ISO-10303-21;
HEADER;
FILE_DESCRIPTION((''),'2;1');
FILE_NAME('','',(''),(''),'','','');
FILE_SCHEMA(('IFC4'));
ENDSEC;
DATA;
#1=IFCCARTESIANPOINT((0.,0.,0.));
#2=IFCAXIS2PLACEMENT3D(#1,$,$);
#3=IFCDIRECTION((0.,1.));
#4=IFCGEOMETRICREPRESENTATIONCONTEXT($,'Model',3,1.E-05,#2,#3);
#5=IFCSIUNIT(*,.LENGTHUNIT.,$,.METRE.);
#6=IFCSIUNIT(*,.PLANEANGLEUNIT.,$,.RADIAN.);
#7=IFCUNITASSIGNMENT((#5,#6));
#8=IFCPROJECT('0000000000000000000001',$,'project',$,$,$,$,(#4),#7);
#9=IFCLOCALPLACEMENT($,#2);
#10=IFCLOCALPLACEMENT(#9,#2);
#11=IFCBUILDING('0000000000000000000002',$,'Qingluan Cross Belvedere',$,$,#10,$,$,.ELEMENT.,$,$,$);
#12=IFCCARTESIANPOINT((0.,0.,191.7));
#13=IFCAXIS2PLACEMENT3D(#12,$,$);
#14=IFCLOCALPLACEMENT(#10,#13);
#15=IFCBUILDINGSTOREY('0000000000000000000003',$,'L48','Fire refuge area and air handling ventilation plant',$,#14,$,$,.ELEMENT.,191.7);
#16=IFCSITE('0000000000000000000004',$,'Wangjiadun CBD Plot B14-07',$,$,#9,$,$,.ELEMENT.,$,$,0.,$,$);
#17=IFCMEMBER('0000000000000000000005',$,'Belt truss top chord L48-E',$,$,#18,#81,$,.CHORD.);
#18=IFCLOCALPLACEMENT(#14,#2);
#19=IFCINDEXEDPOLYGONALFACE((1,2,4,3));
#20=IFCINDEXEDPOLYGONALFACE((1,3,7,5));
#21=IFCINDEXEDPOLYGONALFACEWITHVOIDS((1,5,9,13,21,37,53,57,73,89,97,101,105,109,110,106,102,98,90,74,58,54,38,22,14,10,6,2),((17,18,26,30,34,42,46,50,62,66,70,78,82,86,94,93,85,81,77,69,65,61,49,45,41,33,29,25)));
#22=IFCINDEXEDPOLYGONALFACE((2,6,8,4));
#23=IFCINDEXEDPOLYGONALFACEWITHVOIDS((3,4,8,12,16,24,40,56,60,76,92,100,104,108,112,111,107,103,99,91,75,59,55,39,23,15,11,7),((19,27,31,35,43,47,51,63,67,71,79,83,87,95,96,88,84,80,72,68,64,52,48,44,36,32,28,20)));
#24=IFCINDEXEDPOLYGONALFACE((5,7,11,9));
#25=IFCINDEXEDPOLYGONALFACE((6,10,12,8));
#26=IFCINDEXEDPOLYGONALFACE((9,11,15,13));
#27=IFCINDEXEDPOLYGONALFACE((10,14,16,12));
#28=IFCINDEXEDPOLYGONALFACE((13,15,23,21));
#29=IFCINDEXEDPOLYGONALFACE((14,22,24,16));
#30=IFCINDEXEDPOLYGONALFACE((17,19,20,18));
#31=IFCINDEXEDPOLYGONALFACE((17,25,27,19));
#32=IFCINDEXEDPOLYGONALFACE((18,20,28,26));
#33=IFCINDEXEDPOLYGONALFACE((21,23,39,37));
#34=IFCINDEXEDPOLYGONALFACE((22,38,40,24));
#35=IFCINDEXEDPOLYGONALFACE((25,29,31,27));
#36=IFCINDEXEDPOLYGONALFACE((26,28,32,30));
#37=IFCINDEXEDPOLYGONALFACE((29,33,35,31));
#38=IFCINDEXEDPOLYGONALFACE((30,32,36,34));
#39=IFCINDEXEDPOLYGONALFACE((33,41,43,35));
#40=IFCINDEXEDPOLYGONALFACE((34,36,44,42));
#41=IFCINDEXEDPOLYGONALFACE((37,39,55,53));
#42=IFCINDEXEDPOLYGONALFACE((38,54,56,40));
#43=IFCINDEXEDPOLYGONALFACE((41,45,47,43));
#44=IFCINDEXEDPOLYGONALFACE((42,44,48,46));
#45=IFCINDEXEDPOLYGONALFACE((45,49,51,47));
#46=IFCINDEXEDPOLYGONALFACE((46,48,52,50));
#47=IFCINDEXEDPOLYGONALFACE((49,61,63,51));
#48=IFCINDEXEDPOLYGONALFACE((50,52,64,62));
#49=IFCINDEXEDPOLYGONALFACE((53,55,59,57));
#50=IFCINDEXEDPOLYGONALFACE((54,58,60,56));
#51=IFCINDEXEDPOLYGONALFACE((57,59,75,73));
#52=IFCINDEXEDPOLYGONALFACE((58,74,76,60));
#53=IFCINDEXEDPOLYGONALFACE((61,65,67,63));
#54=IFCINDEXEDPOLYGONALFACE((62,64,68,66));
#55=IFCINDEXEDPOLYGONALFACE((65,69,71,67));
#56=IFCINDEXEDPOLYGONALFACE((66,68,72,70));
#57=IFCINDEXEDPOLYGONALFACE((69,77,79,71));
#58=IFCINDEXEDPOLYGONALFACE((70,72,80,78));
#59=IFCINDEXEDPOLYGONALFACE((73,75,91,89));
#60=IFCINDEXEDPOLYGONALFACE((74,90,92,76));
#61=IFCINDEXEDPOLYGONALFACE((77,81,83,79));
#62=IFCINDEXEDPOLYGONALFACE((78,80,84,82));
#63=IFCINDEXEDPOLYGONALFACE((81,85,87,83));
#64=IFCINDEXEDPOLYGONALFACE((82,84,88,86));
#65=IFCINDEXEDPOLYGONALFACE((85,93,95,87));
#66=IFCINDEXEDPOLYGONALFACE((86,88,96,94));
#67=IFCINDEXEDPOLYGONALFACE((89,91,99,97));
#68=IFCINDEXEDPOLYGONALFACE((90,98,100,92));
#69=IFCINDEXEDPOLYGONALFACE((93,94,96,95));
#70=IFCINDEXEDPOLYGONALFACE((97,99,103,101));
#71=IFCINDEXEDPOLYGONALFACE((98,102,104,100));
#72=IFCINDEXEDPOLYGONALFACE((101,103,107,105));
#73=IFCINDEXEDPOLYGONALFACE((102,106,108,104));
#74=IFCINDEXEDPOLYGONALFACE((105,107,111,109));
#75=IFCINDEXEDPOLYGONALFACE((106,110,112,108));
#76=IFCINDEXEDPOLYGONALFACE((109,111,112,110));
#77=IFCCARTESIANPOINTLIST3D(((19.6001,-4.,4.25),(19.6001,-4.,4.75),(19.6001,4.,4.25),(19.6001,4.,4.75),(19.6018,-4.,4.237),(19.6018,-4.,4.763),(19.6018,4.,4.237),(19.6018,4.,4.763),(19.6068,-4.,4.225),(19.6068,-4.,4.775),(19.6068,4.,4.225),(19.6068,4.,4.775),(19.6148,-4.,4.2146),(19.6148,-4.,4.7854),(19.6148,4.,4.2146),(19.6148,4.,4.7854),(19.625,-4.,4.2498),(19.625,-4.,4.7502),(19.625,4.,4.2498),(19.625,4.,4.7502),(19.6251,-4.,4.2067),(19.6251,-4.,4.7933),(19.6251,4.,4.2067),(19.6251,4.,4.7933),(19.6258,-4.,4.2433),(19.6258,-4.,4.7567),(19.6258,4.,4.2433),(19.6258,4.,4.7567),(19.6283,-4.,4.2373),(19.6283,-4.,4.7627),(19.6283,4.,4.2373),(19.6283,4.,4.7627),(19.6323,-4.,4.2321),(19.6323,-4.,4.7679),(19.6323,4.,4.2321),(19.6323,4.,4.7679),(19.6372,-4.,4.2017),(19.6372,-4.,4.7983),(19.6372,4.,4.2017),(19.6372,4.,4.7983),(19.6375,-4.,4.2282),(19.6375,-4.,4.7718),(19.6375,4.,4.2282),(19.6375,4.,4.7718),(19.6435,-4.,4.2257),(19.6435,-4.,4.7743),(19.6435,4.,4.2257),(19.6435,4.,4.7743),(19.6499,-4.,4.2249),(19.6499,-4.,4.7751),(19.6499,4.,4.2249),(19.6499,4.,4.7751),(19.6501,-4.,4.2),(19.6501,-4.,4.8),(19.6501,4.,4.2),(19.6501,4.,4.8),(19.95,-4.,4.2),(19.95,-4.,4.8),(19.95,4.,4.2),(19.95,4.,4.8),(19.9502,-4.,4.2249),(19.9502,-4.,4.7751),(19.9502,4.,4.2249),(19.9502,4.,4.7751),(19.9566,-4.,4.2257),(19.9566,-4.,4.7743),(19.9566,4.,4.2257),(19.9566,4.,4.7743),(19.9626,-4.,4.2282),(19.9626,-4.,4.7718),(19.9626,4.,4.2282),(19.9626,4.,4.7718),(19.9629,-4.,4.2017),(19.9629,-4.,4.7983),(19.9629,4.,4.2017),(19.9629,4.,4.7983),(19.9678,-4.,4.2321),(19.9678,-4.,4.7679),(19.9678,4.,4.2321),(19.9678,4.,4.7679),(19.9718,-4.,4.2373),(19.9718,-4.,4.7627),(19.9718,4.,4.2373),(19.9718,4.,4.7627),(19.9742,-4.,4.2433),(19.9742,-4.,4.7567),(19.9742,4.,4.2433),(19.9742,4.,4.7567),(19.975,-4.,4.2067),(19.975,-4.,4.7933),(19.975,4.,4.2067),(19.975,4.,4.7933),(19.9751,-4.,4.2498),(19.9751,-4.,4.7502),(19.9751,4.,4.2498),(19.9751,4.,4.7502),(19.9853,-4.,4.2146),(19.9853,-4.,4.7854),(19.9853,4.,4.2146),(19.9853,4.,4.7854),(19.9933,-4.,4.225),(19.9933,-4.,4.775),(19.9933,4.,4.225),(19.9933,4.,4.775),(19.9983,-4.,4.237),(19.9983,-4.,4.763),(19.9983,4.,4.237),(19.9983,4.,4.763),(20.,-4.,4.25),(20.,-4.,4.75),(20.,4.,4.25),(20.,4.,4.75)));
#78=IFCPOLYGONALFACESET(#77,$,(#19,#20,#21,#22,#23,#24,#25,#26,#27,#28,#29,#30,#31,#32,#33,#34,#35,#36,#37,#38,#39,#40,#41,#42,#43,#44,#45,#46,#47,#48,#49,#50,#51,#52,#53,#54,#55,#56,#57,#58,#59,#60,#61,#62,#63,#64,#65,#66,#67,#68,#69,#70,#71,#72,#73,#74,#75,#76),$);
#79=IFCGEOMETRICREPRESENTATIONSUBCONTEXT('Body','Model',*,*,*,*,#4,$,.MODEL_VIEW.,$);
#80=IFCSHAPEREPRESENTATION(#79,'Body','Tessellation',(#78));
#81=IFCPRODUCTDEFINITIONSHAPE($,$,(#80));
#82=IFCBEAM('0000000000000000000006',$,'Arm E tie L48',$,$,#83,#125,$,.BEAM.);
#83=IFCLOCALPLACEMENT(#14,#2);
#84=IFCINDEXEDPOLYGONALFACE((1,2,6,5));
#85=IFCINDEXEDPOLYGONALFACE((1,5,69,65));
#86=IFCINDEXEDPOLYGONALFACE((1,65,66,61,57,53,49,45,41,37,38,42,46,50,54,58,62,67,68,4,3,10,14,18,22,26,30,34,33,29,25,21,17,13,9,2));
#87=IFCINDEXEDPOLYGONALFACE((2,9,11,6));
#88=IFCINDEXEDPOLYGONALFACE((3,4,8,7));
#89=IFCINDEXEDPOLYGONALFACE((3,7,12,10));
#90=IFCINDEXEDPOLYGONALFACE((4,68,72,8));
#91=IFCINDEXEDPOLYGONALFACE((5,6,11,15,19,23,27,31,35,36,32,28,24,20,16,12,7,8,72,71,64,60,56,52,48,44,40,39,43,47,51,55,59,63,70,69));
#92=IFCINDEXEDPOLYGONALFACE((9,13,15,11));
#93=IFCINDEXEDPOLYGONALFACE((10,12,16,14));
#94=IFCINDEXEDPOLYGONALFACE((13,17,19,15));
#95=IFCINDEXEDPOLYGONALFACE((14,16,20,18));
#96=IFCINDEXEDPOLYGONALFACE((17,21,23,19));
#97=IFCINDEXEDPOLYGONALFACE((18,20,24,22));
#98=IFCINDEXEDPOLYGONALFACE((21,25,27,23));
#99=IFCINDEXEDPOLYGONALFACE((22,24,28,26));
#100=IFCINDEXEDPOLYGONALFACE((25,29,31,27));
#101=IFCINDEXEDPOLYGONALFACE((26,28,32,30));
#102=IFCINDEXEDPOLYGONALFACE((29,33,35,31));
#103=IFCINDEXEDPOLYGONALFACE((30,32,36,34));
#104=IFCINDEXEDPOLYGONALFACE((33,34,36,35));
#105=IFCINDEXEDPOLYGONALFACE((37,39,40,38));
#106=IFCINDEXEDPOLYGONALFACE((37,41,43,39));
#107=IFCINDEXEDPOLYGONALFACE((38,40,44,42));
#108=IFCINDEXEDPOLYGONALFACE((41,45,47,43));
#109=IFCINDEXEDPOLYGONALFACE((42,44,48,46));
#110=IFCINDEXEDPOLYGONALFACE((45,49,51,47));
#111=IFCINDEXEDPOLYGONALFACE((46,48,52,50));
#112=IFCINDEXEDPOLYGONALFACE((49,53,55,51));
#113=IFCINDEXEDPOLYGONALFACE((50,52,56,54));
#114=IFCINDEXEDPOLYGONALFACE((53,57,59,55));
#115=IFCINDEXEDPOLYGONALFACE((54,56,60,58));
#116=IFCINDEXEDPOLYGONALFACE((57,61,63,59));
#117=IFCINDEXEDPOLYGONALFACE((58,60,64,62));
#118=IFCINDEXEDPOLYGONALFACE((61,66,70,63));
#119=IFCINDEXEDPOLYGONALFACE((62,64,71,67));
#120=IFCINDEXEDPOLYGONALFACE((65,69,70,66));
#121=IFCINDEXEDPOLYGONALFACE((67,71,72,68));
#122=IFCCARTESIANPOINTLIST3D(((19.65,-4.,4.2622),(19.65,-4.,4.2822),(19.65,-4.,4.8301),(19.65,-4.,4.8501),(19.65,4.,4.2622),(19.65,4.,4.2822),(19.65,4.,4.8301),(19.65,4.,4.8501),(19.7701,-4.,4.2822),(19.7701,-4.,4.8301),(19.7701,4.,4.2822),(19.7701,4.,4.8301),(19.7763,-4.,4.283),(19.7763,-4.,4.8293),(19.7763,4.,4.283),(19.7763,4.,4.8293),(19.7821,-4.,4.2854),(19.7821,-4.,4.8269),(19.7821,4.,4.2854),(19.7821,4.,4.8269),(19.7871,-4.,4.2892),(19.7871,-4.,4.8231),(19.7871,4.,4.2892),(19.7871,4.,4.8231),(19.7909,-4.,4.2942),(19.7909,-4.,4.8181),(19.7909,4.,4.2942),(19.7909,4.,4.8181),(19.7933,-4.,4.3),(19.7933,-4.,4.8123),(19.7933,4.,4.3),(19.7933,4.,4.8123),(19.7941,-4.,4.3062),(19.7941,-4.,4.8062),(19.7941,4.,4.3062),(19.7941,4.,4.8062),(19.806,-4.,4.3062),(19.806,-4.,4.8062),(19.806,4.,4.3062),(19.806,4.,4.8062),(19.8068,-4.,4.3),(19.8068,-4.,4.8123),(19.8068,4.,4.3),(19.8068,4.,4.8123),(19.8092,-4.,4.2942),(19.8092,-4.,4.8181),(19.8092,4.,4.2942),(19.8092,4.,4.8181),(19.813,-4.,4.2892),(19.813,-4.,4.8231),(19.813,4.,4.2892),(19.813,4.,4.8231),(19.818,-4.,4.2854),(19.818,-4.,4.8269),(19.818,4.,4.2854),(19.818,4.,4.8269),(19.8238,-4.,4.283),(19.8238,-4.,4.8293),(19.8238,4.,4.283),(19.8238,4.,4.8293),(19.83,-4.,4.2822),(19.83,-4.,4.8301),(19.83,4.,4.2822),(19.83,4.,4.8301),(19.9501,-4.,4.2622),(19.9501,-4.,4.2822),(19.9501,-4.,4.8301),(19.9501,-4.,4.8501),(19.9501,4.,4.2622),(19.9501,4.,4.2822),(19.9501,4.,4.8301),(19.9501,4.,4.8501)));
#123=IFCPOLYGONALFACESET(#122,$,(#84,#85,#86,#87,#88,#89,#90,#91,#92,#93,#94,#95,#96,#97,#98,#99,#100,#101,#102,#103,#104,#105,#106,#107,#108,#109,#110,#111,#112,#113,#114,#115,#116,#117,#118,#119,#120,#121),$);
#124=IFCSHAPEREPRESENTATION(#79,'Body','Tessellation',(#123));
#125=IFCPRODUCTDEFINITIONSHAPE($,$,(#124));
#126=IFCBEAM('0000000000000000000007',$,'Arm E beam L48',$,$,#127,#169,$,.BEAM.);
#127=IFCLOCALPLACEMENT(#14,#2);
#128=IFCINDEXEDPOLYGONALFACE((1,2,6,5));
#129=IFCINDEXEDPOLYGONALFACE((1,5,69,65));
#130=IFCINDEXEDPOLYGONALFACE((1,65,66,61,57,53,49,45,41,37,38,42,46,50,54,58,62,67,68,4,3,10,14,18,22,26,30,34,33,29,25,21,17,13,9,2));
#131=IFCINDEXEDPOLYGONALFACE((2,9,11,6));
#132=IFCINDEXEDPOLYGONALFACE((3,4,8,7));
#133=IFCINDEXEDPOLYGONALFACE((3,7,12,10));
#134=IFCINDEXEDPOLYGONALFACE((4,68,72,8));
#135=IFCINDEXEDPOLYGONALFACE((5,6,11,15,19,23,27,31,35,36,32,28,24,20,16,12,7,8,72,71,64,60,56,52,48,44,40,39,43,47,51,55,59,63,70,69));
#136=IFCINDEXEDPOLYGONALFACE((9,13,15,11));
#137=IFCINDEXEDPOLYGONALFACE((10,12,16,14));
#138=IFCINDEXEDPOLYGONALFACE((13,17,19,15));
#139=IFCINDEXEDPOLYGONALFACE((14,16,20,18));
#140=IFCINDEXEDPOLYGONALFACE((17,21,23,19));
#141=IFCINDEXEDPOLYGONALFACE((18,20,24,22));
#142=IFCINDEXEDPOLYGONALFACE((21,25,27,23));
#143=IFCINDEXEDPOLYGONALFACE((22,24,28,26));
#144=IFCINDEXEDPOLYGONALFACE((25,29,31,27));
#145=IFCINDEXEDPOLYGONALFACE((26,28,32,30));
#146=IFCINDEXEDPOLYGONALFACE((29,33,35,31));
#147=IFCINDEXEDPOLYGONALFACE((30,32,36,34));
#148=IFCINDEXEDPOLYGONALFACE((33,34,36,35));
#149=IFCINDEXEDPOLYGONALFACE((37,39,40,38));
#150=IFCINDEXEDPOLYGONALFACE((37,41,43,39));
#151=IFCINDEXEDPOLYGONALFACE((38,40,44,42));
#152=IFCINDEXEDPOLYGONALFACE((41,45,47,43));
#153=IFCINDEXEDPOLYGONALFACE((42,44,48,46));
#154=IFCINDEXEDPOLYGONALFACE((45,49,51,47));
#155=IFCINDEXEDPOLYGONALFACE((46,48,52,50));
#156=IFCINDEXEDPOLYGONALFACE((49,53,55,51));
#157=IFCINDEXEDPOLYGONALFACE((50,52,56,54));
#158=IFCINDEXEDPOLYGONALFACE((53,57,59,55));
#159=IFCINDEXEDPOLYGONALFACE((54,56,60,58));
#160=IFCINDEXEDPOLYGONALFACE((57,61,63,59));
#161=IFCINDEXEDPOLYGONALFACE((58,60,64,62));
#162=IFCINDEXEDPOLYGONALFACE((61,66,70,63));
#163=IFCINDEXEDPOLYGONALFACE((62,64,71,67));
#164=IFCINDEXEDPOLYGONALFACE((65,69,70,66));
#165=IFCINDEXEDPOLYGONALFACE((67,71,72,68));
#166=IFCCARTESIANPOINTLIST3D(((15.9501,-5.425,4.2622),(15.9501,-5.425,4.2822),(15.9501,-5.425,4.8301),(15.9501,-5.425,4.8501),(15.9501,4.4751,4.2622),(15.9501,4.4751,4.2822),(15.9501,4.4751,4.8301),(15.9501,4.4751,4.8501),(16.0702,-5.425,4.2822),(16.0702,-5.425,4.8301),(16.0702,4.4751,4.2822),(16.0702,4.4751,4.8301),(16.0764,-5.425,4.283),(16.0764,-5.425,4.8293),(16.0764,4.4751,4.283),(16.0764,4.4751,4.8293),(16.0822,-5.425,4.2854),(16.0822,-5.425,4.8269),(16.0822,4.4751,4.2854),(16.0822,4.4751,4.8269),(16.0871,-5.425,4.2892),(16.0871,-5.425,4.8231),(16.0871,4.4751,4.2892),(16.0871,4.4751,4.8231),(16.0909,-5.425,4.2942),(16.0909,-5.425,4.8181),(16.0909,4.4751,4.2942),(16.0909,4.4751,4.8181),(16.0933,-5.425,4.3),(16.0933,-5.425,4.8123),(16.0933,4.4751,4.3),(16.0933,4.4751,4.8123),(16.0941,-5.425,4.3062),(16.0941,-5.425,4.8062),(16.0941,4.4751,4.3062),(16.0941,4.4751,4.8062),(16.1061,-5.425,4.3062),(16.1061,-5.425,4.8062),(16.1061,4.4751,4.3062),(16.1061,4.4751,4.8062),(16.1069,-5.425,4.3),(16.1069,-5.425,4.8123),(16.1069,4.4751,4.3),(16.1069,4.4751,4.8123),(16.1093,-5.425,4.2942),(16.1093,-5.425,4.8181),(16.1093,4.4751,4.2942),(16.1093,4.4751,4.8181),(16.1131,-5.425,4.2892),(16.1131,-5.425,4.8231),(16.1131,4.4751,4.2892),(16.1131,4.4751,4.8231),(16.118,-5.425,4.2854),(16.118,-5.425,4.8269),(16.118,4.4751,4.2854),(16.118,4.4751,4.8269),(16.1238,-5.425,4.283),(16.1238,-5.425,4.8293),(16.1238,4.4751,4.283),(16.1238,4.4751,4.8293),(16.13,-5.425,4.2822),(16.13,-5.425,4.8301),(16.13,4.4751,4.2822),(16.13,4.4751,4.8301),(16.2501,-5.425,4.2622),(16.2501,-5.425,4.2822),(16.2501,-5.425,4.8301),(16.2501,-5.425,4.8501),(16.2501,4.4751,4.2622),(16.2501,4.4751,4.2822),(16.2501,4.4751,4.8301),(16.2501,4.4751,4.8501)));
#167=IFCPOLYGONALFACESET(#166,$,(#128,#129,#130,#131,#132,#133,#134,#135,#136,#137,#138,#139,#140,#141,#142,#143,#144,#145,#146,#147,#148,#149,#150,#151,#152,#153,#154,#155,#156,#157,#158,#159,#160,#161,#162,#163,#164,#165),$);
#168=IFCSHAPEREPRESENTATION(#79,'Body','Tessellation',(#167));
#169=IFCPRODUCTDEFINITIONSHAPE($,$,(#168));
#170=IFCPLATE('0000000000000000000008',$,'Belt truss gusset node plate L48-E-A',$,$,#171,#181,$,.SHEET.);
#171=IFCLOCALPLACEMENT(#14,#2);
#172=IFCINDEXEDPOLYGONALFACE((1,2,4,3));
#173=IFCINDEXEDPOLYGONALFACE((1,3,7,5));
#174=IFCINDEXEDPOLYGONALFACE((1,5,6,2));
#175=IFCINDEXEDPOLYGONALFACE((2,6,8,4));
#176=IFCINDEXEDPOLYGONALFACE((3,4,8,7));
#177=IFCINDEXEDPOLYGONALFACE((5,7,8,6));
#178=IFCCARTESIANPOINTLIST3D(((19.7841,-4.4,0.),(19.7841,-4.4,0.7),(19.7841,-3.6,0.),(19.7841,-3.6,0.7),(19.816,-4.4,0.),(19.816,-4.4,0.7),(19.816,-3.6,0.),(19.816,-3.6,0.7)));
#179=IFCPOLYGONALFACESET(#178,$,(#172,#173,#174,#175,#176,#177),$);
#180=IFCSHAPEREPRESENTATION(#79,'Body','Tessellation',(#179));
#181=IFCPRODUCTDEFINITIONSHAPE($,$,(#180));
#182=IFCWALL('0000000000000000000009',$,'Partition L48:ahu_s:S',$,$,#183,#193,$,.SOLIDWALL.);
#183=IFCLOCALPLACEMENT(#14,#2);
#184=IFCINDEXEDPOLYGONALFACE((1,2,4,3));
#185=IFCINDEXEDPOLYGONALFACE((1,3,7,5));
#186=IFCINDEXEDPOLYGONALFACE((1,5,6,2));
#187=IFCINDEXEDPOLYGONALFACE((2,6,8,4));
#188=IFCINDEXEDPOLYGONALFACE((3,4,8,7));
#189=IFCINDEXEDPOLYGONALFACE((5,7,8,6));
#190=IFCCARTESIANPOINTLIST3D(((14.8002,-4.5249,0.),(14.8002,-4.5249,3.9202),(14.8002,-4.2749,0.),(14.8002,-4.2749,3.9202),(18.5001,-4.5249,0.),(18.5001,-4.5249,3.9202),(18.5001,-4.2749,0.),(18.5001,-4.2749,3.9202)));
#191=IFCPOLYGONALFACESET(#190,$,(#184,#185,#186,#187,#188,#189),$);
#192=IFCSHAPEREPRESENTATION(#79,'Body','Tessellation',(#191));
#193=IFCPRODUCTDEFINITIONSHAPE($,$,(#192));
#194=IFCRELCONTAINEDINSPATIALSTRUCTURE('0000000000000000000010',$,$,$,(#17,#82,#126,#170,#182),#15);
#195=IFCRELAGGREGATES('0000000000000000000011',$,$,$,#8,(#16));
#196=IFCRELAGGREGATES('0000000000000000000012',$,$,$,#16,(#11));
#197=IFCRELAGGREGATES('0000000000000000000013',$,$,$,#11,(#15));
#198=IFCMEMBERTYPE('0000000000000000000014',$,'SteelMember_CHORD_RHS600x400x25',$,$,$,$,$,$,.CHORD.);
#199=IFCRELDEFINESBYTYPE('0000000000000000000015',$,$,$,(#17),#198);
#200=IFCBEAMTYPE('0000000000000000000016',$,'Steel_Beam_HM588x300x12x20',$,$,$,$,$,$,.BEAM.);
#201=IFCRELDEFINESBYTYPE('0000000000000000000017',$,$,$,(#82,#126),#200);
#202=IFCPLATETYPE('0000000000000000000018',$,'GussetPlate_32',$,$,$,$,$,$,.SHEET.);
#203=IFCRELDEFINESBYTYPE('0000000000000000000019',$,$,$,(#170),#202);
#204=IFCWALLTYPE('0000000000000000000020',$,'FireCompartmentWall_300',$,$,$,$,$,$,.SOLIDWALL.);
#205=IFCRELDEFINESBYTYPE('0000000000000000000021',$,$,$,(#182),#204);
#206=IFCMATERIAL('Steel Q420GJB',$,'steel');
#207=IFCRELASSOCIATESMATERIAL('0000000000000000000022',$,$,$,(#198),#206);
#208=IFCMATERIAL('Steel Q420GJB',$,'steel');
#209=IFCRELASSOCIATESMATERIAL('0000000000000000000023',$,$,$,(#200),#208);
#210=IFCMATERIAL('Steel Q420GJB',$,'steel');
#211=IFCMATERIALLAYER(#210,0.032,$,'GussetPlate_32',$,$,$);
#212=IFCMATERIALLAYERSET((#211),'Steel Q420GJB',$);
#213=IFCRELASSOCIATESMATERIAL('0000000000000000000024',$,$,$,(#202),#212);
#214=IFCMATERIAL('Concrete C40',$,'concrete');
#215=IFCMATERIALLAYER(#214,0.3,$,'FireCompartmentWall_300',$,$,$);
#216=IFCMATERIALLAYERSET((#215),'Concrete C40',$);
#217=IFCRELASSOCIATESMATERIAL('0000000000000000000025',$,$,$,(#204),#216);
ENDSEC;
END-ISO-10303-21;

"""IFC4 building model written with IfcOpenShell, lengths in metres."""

from ifc_helpers import new_model, si_unit, direction, frame, frame_2d, origin, origin_2d, place, context, subcontext, project, spatial, rectangle, hollow_rectangle, i_section, extrude, material, layer, layer_set, material_profile, profile_set, type_object, element, save


model = new_model("IFC4")

# Units and contexts
model_context = context("Model", 3, precision=1e-05, world=origin(), true_north=direction((0.0, 1.0)))
body_context = subcontext(model_context, "Body", "Model", "MODEL_VIEW")
ifc_project = project(units=[si_unit("LENGTHUNIT", "METRE"), si_unit("PLANEANGLEUNIT", "RADIAN")], contexts=[model_context])

# Site, building, storey
site_placement = place(None, origin())
site = spatial("IfcSite", under=ifc_project, at=site_placement, Name="Wangjiadun CBD Plot B14-07", CompositionType="ELEMENT", RefElevation=0.0)
building_placement = place(site_placement, origin())
building = spatial("IfcBuilding", under=site, at=building_placement, Name="Qingluan Cross Belvedere", CompositionType="ELEMENT")
storey_placement = place(building_placement, frame((0.0, 0.0, 191.7)))
storey = spatial("IfcBuildingStorey", under=building, at=storey_placement, Name="L48", Description="Fire refuge area and air handling ventilation plant", CompositionType="ELEMENT", Elevation=191.7)

# Member
ifc_material_1 = material(Name="Steel Q420GJB", Category="steel")
ifc_material_profile_1 = material_profile(ifc_material_1, hollow_rectangle(XDim=0.3999, YDim=0.6001, WallThickness=0.0249, InnerFilletRadius=0.0249, OuterFilletRadius=0.05, at=origin_2d()), Name="RHS600x400x25")
ifc_profile_set_1 = profile_set([ifc_material_profile_1], Name="Steel Q420GJB")
member_type_1 = type_object("IfcMemberType", Name="SteelMember_CHORD_RHS600x400x25", PredefinedType="CHORD", material=ifc_profile_set_1)
for number, where, z_axis, x_axis, name in (
    (1, (19.8, -4.0, 4.5), (0.0, 1.0, 0.0), (-1.0, 0.0, 0.0), "Belt truss top chord L48-E"),
):
    element("IfcMember", number, at=place(storey_placement, frame(where, z_axis=z_axis, x_axis=x_axis)), inside=storey, type_object=member_type_1, Name=name, PredefinedType="CHORD", context=body_context, shape_type="SweptSolid", body=[
        extrude(hollow_rectangle(XDim=0.3999, YDim=0.6001, WallThickness=0.0249, InnerFilletRadius=0.0249, OuterFilletRadius=0.05, at=origin_2d()), origin(), (0.0, 0.0, 1.0), 8.0),
    ])

# Beams
ifc_material_2 = material(Name="Steel Q420GJB", Category="steel")
ifc_material_profile_2 = material_profile(ifc_material_2, i_section(OverallWidth=0.3, OverallDepth=0.5879, WebThickness=0.012, FlangeThickness=0.02, FilletRadius=0.0239, at=origin_2d()), Name="HM588x300x12x20")
ifc_profile_set_2 = profile_set([ifc_material_profile_2], Name="Steel Q420GJB")
beam_type_1 = type_object("IfcBeamType", Name="Steel_Beam_HM588x300x12x20", PredefinedType="BEAM", material=ifc_profile_set_2)
beam_1_placement = place(storey_placement, frame((19.8, -4.0, 4.5562), z_axis=(0.0, 1.0, 0.0), x_axis=(-1.0, 0.0, 0.0)))
element("IfcBeam", 2, at=beam_1_placement, inside=storey, type_object=beam_type_1, Name="Arm E tie L48", PredefinedType="BEAM", context=body_context, shape_type="SweptSolid", body=[
    extrude(i_section(OverallWidth=0.3, OverallDepth=0.5879, WebThickness=0.012, FlangeThickness=0.02, FilletRadius=0.0239, at=origin_2d()), origin(), (0.0, 0.0, 1.0), 8.0),
])
beam_2_placement = place(storey_placement, frame((16.1001, -5.425, 4.5562), z_axis=(0.0, 1.0, 0.0), x_axis=(-1.0, 0.0, 0.0)))
element("IfcBeam", 3, at=beam_2_placement, inside=storey, type_object=beam_type_1, Name="Arm E beam L48", PredefinedType="BEAM", context=body_context, shape_type="SweptSolid", body=[
    extrude(i_section(OverallWidth=0.3, OverallDepth=0.5879, WebThickness=0.012, FlangeThickness=0.02, FilletRadius=0.0239, at=origin_2d()), origin(), (0.0, 0.0, 1.0), 9.9001),
])

# Plate
ifc_material_3 = material(Name="Steel Q420GJB", Category="steel")
ifc_layer_1 = layer(ifc_material_3, 0.032, Name="GussetPlate_32")
ifc_layer_set_1 = layer_set([ifc_layer_1], Name="Steel Q420GJB")
plate_type = type_object("IfcPlateType", Name="GussetPlate_32", PredefinedType="SHEET", material=ifc_layer_set_1)
plate_placement = place(storey_placement, frame((19.8, -4.0, 0.0), z_axis=(0.0, 0.0, 1.0), x_axis=(0.0, 1.0, 0.0)))
element("IfcPlate", 4, at=plate_placement, inside=storey, type_object=plate_type, Name="Belt truss gusset node plate L48-E-A", PredefinedType="SHEET", context=body_context, shape_type="SweptSolid", body=[
    extrude(rectangle(XDim=0.8, YDim=0.032, at=origin_2d()), origin(), (0.0, 0.0, 1.0), 0.7),
])

# Wall
ifc_material_4 = material(Name="Concrete C40", Category="concrete")
ifc_layer_2 = layer(ifc_material_4, 0.3, Name="FireCompartmentWall_300")
ifc_layer_set_2 = layer_set([ifc_layer_2], Name="Concrete C40")
wall_type_1 = type_object("IfcWallType", Name="FireCompartmentWall_300", PredefinedType="SOLIDWALL", material=ifc_layer_set_2)
wall_1_placement = place(storey_placement, frame((14.8, -4.3999, 0.0), z_axis=(0.0, 0.0, 1.0), x_axis=(1.0, 0.0, 0.0)))
element("IfcWall", 5, at=wall_1_placement, inside=storey, type_object=wall_type_1, Name="Partition L48:ahu_s:S", PredefinedType="SOLIDWALL", context=body_context, shape_type="SweptSolid", body=[
    extrude(rectangle(XDim=3.7, YDim=0.25, at=frame_2d((1.8501, 0.0))), origin(), (0.0, 0.0, 1.0), 3.9202),
])

save(model, "model.ifc")
